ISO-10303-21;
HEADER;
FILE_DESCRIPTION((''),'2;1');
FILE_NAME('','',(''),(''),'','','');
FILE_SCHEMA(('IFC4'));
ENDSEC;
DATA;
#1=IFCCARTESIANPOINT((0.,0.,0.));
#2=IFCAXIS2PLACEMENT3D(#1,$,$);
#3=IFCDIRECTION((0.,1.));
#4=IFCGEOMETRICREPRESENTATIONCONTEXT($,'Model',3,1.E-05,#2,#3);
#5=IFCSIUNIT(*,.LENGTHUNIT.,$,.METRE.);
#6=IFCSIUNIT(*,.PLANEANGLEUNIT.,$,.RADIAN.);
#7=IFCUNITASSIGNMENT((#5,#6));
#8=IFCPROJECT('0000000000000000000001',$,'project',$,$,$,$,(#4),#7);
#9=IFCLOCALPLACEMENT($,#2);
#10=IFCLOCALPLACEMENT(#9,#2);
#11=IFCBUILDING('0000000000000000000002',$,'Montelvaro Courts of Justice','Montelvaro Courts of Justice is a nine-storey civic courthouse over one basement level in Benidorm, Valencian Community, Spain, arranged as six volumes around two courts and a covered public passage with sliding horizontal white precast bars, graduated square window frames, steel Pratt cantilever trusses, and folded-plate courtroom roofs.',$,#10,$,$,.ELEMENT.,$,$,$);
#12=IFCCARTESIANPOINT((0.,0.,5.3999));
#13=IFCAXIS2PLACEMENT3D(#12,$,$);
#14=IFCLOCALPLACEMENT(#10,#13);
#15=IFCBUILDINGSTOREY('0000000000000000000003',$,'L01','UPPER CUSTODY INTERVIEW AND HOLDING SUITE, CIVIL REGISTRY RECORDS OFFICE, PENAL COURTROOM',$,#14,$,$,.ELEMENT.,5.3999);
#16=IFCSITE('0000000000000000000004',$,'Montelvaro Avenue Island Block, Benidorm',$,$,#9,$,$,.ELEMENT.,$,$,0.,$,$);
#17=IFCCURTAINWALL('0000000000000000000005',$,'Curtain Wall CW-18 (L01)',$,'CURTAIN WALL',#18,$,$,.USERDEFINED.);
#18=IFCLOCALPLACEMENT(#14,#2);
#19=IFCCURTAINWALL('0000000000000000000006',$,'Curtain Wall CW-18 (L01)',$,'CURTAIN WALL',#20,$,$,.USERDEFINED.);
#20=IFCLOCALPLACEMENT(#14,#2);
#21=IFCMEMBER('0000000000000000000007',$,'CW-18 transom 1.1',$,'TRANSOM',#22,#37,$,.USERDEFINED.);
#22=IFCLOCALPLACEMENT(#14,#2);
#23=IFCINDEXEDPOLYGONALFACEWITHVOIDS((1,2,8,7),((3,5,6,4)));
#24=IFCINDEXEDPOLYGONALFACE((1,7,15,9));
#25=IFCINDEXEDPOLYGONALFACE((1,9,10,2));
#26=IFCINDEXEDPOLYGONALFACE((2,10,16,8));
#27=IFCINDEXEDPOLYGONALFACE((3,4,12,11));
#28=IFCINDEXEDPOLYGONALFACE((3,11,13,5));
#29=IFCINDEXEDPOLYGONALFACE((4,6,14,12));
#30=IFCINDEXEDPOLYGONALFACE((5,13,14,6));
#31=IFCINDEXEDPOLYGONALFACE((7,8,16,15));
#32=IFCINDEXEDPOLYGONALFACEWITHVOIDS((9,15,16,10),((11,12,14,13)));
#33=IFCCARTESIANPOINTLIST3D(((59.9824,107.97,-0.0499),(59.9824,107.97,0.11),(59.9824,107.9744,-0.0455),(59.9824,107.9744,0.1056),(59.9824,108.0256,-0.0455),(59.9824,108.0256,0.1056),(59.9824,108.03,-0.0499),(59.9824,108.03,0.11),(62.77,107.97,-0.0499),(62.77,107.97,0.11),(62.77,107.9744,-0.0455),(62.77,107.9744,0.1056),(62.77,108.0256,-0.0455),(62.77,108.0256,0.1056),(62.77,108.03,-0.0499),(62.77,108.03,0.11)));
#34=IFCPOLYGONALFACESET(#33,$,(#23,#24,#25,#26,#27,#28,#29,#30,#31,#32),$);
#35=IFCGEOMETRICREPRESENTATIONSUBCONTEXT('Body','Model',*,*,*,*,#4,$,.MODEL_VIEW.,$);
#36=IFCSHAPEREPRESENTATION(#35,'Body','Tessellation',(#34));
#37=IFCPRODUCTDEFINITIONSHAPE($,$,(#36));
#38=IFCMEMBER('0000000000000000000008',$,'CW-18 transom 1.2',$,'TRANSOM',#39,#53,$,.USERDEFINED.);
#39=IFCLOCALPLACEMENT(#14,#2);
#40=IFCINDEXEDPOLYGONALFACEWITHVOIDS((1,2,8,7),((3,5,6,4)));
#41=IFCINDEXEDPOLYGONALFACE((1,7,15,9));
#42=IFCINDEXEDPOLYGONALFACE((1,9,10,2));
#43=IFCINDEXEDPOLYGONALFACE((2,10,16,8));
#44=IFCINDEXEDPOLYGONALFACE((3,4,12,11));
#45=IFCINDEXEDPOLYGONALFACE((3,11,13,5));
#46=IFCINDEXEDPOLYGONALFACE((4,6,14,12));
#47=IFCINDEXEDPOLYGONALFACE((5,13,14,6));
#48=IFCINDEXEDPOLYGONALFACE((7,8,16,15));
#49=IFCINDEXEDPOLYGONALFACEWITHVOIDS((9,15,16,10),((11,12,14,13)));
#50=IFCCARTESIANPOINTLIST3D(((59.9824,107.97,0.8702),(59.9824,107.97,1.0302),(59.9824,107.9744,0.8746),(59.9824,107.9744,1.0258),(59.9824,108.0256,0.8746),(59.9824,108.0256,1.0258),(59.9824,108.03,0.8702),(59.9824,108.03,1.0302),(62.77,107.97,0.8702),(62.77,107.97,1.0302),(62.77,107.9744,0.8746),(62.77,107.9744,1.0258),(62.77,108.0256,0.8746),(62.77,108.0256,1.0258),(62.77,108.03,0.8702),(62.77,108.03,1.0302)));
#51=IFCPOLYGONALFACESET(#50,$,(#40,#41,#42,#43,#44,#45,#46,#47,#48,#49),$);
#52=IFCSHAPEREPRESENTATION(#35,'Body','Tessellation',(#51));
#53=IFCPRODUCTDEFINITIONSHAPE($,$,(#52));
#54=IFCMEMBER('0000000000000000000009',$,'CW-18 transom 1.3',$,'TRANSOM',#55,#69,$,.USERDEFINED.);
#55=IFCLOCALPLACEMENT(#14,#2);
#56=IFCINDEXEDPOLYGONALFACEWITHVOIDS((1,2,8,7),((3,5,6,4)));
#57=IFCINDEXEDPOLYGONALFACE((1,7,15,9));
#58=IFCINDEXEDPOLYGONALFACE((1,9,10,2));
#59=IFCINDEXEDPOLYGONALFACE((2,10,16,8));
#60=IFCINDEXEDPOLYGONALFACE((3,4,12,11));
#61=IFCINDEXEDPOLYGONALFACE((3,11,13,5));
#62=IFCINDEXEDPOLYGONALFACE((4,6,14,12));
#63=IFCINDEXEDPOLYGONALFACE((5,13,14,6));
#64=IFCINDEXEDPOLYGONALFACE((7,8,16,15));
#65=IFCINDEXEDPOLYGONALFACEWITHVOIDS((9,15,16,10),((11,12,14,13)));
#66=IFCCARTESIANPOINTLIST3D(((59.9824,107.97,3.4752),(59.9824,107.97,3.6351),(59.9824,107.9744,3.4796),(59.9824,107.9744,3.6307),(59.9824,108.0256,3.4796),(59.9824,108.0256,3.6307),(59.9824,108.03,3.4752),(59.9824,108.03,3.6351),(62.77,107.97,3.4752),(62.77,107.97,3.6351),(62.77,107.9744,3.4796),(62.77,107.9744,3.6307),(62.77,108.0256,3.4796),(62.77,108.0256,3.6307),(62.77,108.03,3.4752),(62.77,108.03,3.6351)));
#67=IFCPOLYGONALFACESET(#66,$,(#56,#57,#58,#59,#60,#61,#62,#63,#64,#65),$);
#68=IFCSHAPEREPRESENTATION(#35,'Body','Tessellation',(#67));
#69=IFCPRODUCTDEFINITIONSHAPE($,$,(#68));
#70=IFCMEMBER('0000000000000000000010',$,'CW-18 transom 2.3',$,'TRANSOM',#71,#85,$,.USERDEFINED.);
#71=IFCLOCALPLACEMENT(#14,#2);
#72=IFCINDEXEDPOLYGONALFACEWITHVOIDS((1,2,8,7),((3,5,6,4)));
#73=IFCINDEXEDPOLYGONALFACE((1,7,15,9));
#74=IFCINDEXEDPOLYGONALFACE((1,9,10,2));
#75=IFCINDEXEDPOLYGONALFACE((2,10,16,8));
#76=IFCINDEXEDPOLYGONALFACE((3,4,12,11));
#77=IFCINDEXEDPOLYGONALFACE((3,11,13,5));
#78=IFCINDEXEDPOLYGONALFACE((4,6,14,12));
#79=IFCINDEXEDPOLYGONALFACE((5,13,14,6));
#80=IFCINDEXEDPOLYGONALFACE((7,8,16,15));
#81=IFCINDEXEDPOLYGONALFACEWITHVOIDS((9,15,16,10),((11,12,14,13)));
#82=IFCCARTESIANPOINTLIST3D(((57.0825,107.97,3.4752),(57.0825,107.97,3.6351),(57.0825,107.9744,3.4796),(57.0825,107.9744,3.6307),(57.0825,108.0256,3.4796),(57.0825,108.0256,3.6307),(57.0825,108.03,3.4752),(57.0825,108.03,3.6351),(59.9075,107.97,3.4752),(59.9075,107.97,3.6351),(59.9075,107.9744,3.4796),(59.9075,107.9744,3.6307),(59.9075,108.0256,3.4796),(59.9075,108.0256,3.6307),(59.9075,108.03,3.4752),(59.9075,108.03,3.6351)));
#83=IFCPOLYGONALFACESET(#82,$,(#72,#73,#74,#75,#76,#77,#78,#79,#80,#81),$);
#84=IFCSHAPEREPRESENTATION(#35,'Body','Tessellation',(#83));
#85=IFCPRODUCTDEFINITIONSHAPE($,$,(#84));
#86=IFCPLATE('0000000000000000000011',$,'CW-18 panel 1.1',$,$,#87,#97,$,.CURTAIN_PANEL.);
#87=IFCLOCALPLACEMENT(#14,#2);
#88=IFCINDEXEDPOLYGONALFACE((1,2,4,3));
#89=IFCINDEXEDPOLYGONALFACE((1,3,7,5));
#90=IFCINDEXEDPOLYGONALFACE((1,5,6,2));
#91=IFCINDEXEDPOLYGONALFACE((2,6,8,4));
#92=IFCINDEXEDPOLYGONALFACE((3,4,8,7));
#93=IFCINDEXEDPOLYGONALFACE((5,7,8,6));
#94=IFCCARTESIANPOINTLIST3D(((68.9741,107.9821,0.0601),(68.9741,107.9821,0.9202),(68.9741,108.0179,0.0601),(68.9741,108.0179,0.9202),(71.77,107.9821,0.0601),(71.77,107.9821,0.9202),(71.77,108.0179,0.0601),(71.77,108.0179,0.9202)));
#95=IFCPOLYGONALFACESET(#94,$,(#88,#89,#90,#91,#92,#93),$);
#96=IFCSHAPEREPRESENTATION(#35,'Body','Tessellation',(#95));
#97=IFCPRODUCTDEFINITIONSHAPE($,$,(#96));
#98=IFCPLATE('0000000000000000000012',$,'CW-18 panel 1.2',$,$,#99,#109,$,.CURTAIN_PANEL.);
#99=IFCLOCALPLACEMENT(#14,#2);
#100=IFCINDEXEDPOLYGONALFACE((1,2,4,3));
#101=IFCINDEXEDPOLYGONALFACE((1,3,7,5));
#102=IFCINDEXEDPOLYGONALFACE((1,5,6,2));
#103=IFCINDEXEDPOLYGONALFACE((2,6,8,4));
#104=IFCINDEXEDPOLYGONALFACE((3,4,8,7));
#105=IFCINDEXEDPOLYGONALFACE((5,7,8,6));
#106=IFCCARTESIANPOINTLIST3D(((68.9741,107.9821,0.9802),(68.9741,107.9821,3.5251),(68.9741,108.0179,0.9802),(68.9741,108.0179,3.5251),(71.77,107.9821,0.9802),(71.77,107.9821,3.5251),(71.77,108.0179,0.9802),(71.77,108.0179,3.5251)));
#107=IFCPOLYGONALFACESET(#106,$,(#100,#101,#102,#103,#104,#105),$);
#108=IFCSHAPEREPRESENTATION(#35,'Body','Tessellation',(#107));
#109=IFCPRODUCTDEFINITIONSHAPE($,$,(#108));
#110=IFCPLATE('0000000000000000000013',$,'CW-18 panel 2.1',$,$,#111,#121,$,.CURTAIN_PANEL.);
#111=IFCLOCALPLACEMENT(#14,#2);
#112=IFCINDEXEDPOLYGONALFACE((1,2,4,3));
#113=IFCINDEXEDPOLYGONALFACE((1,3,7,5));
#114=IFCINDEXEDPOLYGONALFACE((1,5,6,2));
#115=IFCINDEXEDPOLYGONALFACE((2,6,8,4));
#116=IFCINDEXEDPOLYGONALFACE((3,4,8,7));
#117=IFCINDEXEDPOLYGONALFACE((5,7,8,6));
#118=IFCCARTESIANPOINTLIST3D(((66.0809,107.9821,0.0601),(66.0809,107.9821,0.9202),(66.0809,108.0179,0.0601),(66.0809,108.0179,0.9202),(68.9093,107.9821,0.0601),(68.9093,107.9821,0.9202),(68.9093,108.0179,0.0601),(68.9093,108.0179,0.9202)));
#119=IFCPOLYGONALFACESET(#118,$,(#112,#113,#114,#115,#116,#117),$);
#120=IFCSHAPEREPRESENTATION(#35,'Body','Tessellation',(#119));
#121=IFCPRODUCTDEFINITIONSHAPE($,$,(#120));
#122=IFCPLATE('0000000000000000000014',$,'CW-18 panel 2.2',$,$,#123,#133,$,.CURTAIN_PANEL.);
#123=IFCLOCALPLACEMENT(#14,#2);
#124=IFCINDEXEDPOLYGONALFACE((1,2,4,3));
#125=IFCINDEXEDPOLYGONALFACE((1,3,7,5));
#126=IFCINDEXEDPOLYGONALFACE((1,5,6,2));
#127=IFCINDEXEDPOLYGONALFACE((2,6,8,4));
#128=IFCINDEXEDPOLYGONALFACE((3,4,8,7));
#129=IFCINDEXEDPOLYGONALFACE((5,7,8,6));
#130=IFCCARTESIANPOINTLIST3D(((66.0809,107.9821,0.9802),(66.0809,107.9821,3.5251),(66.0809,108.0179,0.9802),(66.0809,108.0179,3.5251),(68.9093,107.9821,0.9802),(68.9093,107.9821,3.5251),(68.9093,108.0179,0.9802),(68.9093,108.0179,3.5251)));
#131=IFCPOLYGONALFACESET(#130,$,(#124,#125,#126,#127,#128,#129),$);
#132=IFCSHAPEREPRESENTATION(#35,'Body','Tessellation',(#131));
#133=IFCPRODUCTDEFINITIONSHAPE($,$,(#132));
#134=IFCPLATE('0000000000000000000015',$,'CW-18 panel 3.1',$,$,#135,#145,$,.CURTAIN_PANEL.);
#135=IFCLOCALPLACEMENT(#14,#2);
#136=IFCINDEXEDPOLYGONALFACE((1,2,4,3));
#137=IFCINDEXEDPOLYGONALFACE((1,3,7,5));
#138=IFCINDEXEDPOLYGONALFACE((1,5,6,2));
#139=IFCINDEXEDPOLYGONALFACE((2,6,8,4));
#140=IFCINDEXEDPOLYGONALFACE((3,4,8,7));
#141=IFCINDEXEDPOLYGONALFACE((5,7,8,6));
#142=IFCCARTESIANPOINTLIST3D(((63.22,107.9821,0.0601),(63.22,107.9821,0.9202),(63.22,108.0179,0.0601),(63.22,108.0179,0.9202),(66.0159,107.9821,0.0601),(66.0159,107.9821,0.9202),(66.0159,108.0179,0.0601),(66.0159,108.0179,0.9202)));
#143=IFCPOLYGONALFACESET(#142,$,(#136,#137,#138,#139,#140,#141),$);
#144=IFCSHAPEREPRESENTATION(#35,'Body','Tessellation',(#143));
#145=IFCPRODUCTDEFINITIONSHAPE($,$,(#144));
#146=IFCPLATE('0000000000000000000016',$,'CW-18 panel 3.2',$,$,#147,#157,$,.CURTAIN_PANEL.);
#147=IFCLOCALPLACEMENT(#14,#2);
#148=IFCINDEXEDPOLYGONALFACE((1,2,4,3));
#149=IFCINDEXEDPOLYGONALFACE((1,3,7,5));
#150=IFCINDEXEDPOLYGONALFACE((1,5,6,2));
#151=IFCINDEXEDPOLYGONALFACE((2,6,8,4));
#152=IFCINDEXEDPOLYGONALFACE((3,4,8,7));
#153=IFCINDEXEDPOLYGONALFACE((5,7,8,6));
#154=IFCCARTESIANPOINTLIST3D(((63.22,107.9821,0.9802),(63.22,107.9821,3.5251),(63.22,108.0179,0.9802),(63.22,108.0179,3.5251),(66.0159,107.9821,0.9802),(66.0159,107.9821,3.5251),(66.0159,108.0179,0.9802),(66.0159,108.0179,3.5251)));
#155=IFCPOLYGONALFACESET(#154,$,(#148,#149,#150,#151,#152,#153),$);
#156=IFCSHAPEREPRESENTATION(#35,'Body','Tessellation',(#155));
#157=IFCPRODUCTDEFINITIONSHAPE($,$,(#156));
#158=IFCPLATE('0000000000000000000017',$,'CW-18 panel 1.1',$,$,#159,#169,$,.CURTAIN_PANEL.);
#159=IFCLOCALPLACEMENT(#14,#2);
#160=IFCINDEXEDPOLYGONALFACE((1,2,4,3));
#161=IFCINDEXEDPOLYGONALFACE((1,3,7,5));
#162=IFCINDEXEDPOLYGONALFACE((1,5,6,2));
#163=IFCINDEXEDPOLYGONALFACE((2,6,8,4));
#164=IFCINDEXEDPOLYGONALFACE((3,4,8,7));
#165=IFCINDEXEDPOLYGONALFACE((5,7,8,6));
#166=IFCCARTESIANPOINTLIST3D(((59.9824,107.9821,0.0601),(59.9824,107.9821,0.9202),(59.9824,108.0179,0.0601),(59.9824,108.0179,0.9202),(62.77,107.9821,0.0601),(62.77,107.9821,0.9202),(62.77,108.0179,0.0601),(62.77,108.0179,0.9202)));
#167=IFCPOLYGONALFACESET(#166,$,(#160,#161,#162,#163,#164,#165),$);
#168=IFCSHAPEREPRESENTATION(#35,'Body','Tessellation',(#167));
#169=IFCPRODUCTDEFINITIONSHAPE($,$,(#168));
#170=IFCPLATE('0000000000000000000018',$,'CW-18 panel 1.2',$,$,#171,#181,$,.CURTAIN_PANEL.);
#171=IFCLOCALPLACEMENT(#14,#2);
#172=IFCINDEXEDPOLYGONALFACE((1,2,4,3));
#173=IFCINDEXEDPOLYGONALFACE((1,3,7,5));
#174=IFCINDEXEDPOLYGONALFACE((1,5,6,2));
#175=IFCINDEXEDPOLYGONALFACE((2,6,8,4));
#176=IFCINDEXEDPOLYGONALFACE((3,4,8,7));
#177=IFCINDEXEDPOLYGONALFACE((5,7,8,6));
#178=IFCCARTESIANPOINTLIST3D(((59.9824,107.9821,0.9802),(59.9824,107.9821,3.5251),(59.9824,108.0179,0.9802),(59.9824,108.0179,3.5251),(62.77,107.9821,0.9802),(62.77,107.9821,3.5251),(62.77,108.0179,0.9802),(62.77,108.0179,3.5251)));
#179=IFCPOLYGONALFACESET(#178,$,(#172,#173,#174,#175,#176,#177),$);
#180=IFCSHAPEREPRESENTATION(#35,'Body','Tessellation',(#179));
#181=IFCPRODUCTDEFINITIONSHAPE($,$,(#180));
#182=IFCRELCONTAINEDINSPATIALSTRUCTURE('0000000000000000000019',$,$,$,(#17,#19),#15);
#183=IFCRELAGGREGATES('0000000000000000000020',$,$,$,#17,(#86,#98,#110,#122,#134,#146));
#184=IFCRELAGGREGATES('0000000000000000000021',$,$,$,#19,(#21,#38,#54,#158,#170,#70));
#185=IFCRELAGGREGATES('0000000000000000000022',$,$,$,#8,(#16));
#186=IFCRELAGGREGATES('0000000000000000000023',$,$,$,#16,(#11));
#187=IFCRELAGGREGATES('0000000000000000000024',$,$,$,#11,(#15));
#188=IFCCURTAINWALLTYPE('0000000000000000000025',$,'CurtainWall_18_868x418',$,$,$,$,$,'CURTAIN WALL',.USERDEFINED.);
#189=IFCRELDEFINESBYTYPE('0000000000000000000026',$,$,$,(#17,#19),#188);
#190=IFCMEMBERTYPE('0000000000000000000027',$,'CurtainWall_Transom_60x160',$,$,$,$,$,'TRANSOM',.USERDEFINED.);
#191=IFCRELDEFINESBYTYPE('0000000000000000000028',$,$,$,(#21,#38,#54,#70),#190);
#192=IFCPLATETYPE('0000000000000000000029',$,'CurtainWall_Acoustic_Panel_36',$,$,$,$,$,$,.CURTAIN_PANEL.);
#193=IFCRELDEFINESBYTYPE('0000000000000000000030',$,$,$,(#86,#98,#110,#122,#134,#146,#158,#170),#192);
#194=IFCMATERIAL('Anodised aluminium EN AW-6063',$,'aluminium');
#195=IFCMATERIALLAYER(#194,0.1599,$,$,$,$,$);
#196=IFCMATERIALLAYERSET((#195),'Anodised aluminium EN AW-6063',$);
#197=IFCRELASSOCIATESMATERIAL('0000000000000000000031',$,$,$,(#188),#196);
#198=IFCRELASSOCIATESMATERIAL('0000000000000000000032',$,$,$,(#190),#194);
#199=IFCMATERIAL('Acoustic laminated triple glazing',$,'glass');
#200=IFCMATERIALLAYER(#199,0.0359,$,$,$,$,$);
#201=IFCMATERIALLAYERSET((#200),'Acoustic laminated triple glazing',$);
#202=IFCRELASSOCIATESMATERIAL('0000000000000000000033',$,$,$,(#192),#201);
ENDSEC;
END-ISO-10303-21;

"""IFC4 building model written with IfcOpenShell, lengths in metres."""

from ifc_helpers import new_model, si_unit, direction, frame, origin, origin_2d, place, context, subcontext, project, spatial, rectangle, hollow_rectangle, extrude, material, layer, layer_set, material_profile, profile_set, type_object, element, aggregate, save


model = new_model("IFC4")

# Units and contexts
model_context = context("Model", 3, precision=1e-05, world=origin(), true_north=direction((0.0, 1.0)))
body_context = subcontext(model_context, "Body", "Model", "MODEL_VIEW")
ifc_project = project(units=[si_unit("LENGTHUNIT", "METRE"), si_unit("PLANEANGLEUNIT", "RADIAN")], contexts=[model_context])

# Site, building, storey
site_placement = place(None, origin())
site = spatial("IfcSite", under=ifc_project, at=site_placement, Name="Montelvaro Avenue Island Block, Benidorm", CompositionType="ELEMENT", RefElevation=0.0)
building_placement = place(site_placement, origin())
building = spatial("IfcBuilding", under=site, at=building_placement, Name="Montelvaro Courts of Justice", Description="Montelvaro Courts of Justice is a nine-storey civic courthouse over one basement level in Benidorm, Valencian Community, Spain, arranged as six volumes around two courts and a covered public passage with sliding horizontal white precast bars, graduated square window frames, steel Pratt cantilever trusses, and folded-plate courtroom roofs.", CompositionType="ELEMENT")
storey_placement = place(building_placement, frame((0.0, 0.0, 5.3999)))
storey = spatial("IfcBuildingStorey", under=building, at=storey_placement, Name="L01", Description="UPPER CUSTODY INTERVIEW AND HOLDING SUITE, CIVIL REGISTRY RECORDS OFFICE, PENAL COURTROOM", CompositionType="ELEMENT", Elevation=5.3999)

# Curtain walls
ifc_material_1 = material(Name="Anodised aluminium EN AW-6063", Category="aluminium")
ifc_layer_1 = layer(ifc_material_1, 0.1599)
ifc_layer_set_1 = layer_set([ifc_layer_1], Name="Anodised aluminium EN AW-6063")
curtain_wall_type = type_object("IfcCurtainWallType", Name="CurtainWall_18_868x418", ElementType="CURTAIN WALL", PredefinedType="USERDEFINED", material=ifc_layer_set_1)
curtain_wall_1_placement = place(storey_placement, origin())
curtain_wall_1 = element("IfcCurtainWall", 1, at=curtain_wall_1_placement, inside=storey, type_object=curtain_wall_type, Name="Curtain Wall CW-18 (L01)", ObjectType="CURTAIN WALL", PredefinedType="USERDEFINED")
curtain_wall_2_placement = place(storey_placement, origin())
curtain_wall_2 = element("IfcCurtainWall", 2, at=curtain_wall_2_placement, inside=storey, type_object=curtain_wall_type, Name="Curtain Wall CW-18 (L01)", ObjectType="CURTAIN WALL", PredefinedType="USERDEFINED")

# Members
ifc_material_profile_1 = material_profile(ifc_material_1, hollow_rectangle(XDim=0.0601, YDim=0.1599, WallThickness=0.0044, at=origin_2d()), Name="ALU-T 60x160")
ifc_profile_set_1 = profile_set([ifc_material_profile_1], Name="Anodised aluminium EN AW-6063")
member_type_1 = type_object("IfcMemberType", Name="CurtainWall_Transom_60x160", ElementType="TRANSOM", PredefinedType="USERDEFINED", material=ifc_profile_set_1)
member_1_placement = place(storey_placement, frame((62.77, 108.0, 0.03), z_axis=(-1.0, 0.0, 0.0), x_axis=(0.0, -1.0, 0.0)))
member_1 = element("IfcMember", 3, at=member_1_placement, type_object=member_type_1, Name="CW-18 transom 1.1", ObjectType="TRANSOM", PredefinedType="USERDEFINED", context=body_context, shape_type="SweptSolid", body=[
    extrude(hollow_rectangle(XDim=0.0601, YDim=0.1599, WallThickness=0.0044, at=origin_2d()), origin(), (0.0, 0.0, 1.0), 2.7876),
])
member_2_placement = place(storey_placement, frame((62.77, 108.0, 0.9502), z_axis=(-1.0, 0.0, 0.0), x_axis=(0.0, -1.0, 0.0)))
member_2 = element("IfcMember", 4, at=member_2_placement, type_object=member_type_1, Name="CW-18 transom 1.2", ObjectType="TRANSOM", PredefinedType="USERDEFINED", context=body_context, shape_type="SweptSolid", body=[
    extrude(hollow_rectangle(XDim=0.0601, YDim=0.1599, WallThickness=0.0044, at=origin_2d()), origin(), (0.0, 0.0, 1.0), 2.7876),
])
member_3_placement = place(storey_placement, frame((62.77, 108.0, 3.5552), z_axis=(-1.0, 0.0, 0.0), x_axis=(0.0, -1.0, 0.0)))
member_3 = element("IfcMember", 5, at=member_3_placement, type_object=member_type_1, Name="CW-18 transom 1.3", ObjectType="TRANSOM", PredefinedType="USERDEFINED", context=body_context, shape_type="SweptSolid", body=[
    extrude(hollow_rectangle(XDim=0.0601, YDim=0.1599, WallThickness=0.0044, at=origin_2d()), origin(), (0.0, 0.0, 1.0), 2.7876),
])
member_4_placement = place(storey_placement, frame((59.9075, 108.0, 3.5552), z_axis=(-1.0, 0.0, 0.0), x_axis=(0.0, -1.0, 0.0)))
member_4 = element("IfcMember", 6, at=member_4_placement, type_object=member_type_1, Name="CW-18 transom 2.3", ObjectType="TRANSOM", PredefinedType="USERDEFINED", context=body_context, shape_type="SweptSolid", body=[
    extrude(hollow_rectangle(XDim=0.0601, YDim=0.1599, WallThickness=0.0044, at=origin_2d()), origin(), (0.0, 0.0, 1.0), 2.825),
])

# Plates
ifc_material_2 = material(Name="Acoustic laminated triple glazing", Category="glass")
ifc_layer_2 = layer(ifc_material_2, 0.0359)
ifc_layer_set_2 = layer_set([ifc_layer_2], Name="Acoustic laminated triple glazing")
plate_type = type_object("IfcPlateType", Name="CurtainWall_Acoustic_Panel_36", PredefinedType="CURTAIN_PANEL", material=ifc_layer_set_2)
plate_1_placement = place(storey_placement, frame((70.3721, 108.0, 0.0601), z_axis=(0.0, 0.0, 1.0), x_axis=(-1.0, 0.0, 0.0)))
plate_1 = element("IfcPlate", 7, at=plate_1_placement, type_object=plate_type, Name="CW-18 panel 1.1", PredefinedType="CURTAIN_PANEL", context=body_context, shape_type="SweptSolid", body=[
    extrude(rectangle(XDim=2.7959, YDim=0.0359, at=origin_2d()), origin(), (0.0, 0.0, 1.0), 0.8601),
])
plate_2_placement = place(storey_placement, frame((70.3721, 108.0, 0.9802), z_axis=(0.0, 0.0, 1.0), x_axis=(-1.0, 0.0, 0.0)))
plate_2 = element("IfcPlate", 8, at=plate_2_placement, type_object=plate_type, Name="CW-18 panel 1.2", PredefinedType="CURTAIN_PANEL", context=body_context, shape_type="SweptSolid", body=[
    extrude(rectangle(XDim=2.7959, YDim=0.0359, at=origin_2d()), origin(), (0.0, 0.0, 1.0), 2.5449),
])
plate_3_placement = place(storey_placement, frame((67.4951, 108.0, 0.0601), z_axis=(0.0, 0.0, 1.0), x_axis=(-1.0, 0.0, 0.0)))
plate_3 = element("IfcPlate", 9, at=plate_3_placement, type_object=plate_type, Name="CW-18 panel 2.1", PredefinedType="CURTAIN_PANEL", context=body_context, shape_type="SweptSolid", body=[
    extrude(rectangle(XDim=2.8284, YDim=0.0359, at=origin_2d()), origin(), (0.0, 0.0, 1.0), 0.8601),
])
plate_4_placement = place(storey_placement, frame((67.4951, 108.0, 0.9802), z_axis=(0.0, 0.0, 1.0), x_axis=(-1.0, 0.0, 0.0)))
plate_4 = element("IfcPlate", 10, at=plate_4_placement, type_object=plate_type, Name="CW-18 panel 2.2", PredefinedType="CURTAIN_PANEL", context=body_context, shape_type="SweptSolid", body=[
    extrude(rectangle(XDim=2.8284, YDim=0.0359, at=origin_2d()), origin(), (0.0, 0.0, 1.0), 2.5449),
])
plate_5_placement = place(storey_placement, frame((64.6179, 108.0, 0.0601), z_axis=(0.0, 0.0, 1.0), x_axis=(-1.0, 0.0, 0.0)))
plate_5 = element("IfcPlate", 11, at=plate_5_placement, type_object=plate_type, Name="CW-18 panel 3.1", PredefinedType="CURTAIN_PANEL", context=body_context, shape_type="SweptSolid", body=[
    extrude(rectangle(XDim=2.7959, YDim=0.0359, at=origin_2d()), origin(), (0.0, 0.0, 1.0), 0.8601),
])
plate_6_placement = place(storey_placement, frame((64.6179, 108.0, 0.9802), z_axis=(0.0, 0.0, 1.0), x_axis=(-1.0, 0.0, 0.0)))
plate_6 = element("IfcPlate", 12, at=plate_6_placement, type_object=plate_type, Name="CW-18 panel 3.2", PredefinedType="CURTAIN_PANEL", context=body_context, shape_type="SweptSolid", body=[
    extrude(rectangle(XDim=2.7959, YDim=0.0359, at=origin_2d()), origin(), (0.0, 0.0, 1.0), 2.5449),
])
aggregate(curtain_wall_1, [plate_1, plate_2, plate_3, plate_4, plate_5, plate_6])
plate_7_placement = place(storey_placement, frame((61.3762, 108.0, 0.0601), z_axis=(0.0, 0.0, 1.0), x_axis=(-1.0, 0.0, 0.0)))
plate_7 = element("IfcPlate", 13, at=plate_7_placement, type_object=plate_type, Name="CW-18 panel 1.1", PredefinedType="CURTAIN_PANEL", context=body_context, shape_type="SweptSolid", body=[
    extrude(rectangle(XDim=2.7876, YDim=0.0359, at=origin_2d()), origin(), (0.0, 0.0, 1.0), 0.8601),
])
plate_8_placement = place(storey_placement, frame((61.3762, 108.0, 0.9802), z_axis=(0.0, 0.0, 1.0), x_axis=(-1.0, 0.0, 0.0)))
plate_8 = element("IfcPlate", 14, at=plate_8_placement, type_object=plate_type, Name="CW-18 panel 1.2", PredefinedType="CURTAIN_PANEL", context=body_context, shape_type="SweptSolid", body=[
    extrude(rectangle(XDim=2.7876, YDim=0.0359, at=origin_2d()), origin(), (0.0, 0.0, 1.0), 2.5449),
])
aggregate(curtain_wall_2, [member_1, member_2, member_3, plate_7, plate_8, member_4])

save(model, "model.ifc")
